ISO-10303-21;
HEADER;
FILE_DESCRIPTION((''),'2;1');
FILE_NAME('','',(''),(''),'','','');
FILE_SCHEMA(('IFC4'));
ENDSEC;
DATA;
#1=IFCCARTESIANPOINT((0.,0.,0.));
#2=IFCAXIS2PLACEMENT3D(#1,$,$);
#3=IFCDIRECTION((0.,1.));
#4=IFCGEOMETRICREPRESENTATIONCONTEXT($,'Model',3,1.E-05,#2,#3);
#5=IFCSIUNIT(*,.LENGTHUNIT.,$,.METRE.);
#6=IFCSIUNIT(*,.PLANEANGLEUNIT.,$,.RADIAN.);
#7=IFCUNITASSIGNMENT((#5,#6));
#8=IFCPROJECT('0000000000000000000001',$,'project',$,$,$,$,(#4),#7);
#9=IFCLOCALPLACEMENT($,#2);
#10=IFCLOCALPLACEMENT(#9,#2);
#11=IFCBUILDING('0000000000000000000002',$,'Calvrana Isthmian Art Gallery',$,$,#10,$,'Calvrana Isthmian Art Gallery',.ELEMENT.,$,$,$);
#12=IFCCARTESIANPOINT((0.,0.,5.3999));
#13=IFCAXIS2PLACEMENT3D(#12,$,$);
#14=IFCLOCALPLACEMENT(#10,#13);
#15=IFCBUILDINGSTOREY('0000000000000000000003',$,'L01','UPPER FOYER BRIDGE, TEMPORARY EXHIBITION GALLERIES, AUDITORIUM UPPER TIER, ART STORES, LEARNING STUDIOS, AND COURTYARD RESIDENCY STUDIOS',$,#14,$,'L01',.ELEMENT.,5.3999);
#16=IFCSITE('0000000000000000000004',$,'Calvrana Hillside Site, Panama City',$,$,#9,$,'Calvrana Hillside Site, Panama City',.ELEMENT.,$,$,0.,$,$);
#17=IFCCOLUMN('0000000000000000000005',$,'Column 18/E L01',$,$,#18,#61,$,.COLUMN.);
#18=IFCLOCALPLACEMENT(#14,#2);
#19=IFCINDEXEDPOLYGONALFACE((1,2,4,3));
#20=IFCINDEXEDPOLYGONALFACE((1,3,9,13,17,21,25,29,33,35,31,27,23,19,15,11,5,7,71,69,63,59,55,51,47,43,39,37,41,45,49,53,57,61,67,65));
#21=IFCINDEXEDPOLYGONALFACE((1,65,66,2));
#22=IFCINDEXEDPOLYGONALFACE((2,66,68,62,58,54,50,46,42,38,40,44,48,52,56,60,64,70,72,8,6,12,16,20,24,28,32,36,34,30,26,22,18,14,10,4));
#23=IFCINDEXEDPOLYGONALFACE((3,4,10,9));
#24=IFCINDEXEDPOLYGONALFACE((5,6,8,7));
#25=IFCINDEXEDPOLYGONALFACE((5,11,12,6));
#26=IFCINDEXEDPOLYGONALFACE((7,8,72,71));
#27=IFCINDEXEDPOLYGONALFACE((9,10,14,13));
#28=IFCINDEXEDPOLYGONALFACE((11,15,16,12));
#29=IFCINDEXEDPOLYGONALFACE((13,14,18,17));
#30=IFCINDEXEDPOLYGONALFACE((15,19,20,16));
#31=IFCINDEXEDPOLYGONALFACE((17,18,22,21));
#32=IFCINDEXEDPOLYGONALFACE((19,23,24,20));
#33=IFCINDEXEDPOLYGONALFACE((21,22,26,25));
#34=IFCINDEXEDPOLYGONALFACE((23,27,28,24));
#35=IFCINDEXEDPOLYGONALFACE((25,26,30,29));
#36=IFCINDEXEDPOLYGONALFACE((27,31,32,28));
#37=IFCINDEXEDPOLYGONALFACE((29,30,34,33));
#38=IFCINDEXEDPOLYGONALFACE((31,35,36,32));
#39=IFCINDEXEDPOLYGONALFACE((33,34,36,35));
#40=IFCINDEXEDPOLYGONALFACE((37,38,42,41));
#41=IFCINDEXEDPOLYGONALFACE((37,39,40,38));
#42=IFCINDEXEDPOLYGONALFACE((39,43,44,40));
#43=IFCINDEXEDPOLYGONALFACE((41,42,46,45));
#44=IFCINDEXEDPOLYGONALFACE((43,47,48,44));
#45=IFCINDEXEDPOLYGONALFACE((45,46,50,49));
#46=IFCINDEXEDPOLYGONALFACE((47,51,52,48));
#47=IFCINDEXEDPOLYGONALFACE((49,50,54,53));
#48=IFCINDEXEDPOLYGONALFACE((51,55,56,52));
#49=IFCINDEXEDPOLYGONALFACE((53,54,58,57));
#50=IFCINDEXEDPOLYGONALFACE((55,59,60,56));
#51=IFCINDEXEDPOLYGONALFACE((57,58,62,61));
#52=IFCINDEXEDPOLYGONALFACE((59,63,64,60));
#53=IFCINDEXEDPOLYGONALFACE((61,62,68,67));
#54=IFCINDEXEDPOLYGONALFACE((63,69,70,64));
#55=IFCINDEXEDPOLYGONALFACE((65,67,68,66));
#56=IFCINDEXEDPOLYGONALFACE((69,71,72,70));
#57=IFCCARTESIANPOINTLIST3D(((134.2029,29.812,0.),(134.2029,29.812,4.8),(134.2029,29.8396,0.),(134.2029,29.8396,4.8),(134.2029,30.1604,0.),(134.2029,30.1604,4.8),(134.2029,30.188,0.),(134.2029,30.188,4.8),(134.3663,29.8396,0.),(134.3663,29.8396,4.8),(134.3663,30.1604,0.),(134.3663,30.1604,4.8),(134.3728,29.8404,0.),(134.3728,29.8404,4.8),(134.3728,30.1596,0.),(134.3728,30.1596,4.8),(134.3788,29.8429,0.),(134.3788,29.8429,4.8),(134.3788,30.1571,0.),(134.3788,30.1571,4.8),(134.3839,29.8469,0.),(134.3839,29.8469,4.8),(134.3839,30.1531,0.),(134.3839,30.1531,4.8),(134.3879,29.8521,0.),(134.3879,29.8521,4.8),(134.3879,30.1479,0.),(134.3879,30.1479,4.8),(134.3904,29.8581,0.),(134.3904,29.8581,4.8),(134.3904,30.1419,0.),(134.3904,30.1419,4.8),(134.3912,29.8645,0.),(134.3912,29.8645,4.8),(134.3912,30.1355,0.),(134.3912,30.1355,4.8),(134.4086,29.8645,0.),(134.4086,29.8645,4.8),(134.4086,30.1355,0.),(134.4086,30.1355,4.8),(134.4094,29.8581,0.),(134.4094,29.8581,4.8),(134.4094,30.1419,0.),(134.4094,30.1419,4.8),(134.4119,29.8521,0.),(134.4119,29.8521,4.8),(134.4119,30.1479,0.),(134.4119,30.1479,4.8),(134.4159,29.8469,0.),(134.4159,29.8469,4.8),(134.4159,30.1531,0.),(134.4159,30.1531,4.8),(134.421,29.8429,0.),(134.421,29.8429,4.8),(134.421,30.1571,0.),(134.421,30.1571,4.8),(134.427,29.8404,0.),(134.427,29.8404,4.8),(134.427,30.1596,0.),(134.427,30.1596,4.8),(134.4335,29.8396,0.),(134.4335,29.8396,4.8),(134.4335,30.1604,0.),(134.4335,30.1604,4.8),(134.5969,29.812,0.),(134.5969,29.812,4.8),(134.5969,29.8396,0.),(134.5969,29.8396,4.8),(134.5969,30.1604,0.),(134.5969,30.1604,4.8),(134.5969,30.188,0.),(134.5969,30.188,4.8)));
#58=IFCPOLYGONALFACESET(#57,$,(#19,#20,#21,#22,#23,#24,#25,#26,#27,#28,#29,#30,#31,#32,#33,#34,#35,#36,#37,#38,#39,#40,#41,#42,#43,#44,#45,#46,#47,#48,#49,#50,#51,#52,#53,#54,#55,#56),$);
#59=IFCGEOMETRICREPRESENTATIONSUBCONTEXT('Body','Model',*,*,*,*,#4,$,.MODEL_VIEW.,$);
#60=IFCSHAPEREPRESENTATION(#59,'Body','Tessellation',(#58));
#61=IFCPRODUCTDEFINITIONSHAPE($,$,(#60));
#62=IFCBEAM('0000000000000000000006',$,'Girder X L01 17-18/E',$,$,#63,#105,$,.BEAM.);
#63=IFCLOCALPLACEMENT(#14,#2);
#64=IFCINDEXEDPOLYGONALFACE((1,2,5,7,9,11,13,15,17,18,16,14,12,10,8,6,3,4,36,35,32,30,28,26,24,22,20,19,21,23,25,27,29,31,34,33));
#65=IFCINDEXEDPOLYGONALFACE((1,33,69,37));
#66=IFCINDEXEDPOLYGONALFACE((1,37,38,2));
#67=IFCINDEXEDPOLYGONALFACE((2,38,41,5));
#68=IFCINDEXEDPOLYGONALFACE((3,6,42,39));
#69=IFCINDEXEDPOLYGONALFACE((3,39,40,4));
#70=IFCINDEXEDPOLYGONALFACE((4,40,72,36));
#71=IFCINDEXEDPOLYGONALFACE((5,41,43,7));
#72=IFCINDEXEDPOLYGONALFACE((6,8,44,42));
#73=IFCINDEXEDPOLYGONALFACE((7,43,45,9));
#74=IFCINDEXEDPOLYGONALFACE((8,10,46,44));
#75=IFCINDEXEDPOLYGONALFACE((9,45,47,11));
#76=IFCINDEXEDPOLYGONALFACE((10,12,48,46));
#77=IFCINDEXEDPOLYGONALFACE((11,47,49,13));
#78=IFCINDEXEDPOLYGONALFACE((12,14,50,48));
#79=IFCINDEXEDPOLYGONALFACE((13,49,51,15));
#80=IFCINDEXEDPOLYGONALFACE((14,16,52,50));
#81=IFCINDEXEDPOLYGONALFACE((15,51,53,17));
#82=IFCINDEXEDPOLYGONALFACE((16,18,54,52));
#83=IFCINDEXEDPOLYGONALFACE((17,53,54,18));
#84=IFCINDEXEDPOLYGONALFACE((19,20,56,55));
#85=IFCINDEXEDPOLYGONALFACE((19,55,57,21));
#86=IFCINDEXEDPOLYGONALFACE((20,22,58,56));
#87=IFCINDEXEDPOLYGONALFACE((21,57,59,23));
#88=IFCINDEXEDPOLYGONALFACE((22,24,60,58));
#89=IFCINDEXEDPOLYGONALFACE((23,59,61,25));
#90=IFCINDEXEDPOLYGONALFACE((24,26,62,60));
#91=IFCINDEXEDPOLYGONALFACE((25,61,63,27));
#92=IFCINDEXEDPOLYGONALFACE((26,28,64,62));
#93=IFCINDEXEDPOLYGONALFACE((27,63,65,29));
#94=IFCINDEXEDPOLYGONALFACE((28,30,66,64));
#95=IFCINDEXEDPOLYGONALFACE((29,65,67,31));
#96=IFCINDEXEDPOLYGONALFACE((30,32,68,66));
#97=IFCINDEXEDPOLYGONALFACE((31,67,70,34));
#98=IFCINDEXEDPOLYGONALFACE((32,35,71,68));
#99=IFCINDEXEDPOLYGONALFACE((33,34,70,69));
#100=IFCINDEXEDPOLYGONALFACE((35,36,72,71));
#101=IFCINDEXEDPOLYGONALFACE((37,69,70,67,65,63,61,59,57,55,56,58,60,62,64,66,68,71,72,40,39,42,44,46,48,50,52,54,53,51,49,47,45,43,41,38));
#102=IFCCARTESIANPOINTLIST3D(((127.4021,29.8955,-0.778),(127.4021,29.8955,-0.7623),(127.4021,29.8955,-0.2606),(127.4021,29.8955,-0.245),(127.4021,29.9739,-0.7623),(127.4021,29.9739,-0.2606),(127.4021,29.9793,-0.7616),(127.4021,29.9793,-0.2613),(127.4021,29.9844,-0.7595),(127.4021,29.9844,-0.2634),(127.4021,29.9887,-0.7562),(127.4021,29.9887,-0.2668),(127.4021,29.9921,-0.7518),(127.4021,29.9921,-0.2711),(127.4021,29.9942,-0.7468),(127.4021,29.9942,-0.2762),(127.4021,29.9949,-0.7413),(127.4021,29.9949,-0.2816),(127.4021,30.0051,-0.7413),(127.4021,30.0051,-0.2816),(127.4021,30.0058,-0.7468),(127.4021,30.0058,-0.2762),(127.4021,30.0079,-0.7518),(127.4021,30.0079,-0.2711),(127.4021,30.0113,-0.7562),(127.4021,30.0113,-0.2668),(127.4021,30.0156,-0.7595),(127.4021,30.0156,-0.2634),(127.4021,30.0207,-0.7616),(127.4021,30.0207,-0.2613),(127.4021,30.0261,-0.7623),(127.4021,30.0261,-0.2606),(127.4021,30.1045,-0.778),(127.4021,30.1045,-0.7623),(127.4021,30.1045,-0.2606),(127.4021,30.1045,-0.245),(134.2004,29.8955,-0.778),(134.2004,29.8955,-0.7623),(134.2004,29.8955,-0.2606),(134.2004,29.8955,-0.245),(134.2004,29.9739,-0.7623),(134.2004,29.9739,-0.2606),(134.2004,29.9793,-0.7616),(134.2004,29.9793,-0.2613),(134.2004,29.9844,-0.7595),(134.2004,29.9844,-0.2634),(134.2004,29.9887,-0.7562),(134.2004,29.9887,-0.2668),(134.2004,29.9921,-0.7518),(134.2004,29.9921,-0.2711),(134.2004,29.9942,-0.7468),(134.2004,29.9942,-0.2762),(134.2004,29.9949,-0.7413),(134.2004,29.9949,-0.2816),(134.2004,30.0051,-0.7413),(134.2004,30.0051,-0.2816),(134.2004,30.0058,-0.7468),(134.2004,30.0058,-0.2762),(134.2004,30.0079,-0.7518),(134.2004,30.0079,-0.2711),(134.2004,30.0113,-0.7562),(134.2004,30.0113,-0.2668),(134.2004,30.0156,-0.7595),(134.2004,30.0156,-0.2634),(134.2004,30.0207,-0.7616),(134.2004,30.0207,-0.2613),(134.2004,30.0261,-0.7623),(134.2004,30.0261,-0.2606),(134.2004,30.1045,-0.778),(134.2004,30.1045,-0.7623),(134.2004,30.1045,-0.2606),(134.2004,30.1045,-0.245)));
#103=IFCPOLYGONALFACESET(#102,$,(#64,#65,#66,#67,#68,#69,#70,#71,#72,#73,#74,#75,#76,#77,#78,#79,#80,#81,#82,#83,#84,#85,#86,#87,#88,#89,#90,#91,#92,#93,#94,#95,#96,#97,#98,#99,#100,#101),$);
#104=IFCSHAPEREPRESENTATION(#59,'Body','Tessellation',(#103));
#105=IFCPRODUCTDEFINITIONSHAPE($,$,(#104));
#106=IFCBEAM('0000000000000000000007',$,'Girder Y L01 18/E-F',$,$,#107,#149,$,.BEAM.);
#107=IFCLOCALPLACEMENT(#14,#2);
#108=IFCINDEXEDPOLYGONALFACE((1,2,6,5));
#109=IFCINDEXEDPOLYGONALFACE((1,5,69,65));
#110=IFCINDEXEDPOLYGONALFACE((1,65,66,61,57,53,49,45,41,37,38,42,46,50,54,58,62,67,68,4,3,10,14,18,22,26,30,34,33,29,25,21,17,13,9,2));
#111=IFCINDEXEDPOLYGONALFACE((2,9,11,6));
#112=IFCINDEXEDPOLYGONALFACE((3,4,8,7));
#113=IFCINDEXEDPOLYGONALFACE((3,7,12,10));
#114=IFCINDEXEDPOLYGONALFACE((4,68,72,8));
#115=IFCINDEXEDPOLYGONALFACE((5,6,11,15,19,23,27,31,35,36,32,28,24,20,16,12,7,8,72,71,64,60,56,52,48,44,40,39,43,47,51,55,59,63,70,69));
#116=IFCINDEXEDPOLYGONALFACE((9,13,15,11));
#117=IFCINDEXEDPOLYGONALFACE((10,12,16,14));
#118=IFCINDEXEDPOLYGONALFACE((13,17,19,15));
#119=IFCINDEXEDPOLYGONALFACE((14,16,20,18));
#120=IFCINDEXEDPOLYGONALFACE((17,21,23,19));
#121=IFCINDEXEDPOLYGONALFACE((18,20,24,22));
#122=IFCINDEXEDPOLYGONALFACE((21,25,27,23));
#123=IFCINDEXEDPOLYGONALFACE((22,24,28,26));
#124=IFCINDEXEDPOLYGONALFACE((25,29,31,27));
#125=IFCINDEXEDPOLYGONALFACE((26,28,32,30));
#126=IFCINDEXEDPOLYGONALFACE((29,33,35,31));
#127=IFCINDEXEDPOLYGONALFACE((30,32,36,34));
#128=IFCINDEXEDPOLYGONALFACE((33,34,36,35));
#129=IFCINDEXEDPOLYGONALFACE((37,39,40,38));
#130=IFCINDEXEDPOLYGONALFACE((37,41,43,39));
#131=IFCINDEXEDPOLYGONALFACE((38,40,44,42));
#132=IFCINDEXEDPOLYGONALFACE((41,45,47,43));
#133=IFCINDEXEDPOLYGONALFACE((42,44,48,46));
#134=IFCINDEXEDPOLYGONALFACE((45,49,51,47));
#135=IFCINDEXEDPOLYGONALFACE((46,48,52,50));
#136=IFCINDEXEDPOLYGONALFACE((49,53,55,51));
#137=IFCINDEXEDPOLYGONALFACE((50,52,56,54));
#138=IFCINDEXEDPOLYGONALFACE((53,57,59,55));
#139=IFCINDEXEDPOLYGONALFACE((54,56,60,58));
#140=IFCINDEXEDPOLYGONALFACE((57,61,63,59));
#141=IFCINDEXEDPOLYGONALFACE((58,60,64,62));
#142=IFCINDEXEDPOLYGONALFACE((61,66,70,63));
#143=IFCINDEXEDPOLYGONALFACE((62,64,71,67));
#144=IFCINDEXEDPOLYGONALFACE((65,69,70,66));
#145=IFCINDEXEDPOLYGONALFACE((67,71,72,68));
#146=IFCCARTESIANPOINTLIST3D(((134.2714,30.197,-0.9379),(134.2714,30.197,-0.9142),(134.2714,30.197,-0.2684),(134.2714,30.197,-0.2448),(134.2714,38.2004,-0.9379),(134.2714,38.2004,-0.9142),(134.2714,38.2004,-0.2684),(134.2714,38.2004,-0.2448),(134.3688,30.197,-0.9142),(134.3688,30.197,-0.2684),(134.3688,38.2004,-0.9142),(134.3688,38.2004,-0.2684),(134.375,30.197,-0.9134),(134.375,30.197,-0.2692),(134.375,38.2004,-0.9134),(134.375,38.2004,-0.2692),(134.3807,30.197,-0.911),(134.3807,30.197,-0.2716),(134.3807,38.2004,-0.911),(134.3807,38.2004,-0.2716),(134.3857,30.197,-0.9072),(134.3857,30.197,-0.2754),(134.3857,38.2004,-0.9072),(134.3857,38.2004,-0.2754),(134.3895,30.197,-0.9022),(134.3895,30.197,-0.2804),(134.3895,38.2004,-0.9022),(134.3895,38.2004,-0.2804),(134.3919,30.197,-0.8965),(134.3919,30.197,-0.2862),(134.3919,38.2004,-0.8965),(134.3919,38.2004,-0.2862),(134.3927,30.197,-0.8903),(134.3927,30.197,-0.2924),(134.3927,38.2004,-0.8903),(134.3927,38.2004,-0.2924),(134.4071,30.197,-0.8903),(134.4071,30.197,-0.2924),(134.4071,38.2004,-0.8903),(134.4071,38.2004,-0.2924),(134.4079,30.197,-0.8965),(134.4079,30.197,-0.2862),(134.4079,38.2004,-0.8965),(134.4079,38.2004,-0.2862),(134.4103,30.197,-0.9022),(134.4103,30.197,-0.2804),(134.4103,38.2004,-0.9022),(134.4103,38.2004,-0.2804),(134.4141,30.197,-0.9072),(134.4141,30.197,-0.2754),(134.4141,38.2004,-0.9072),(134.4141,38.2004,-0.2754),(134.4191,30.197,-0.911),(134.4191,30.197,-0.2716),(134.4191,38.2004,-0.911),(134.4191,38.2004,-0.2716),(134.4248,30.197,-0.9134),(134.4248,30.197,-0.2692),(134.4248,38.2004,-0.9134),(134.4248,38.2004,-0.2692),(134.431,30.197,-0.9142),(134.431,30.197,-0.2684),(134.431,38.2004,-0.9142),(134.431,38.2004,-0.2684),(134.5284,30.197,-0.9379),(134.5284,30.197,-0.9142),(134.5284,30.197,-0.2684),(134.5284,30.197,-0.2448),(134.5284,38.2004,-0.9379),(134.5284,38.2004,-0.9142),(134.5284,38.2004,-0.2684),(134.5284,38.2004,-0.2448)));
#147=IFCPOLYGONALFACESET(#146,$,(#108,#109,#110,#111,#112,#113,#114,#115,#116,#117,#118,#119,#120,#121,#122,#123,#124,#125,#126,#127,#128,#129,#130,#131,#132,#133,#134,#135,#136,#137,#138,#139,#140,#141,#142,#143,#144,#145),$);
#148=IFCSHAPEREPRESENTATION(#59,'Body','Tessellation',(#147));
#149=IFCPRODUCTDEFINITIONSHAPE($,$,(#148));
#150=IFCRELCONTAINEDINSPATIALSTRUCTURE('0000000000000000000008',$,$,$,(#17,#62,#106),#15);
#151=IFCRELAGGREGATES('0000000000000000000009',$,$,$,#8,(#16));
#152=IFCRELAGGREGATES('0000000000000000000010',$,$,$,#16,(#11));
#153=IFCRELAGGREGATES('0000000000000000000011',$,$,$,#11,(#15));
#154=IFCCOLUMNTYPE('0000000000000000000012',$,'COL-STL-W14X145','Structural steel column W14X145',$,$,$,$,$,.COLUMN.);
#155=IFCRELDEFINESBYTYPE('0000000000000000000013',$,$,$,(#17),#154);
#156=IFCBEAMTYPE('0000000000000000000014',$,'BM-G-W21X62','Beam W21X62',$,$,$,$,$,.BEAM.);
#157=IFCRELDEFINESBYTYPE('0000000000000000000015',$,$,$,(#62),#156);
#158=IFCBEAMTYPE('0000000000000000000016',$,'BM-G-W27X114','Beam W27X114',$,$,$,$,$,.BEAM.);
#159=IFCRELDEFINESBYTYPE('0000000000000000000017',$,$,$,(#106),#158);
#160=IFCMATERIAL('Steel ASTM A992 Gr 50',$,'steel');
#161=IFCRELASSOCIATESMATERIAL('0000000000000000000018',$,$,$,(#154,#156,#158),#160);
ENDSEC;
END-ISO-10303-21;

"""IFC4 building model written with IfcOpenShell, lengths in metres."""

from ifc_helpers import new_model, si_unit, direction, frame, origin, origin_2d, place, context, subcontext, project, spatial, i_section, extrude, material, material_profile, profile_set, type_object, element, save


model = new_model("IFC4")

# Units and contexts
model_context = context("Model", 3, precision=1e-05, world=origin(), true_north=direction((0.0, 1.0)))
body_context = subcontext(model_context, "Body", "Model", "MODEL_VIEW")
ifc_project = project(units=[si_unit("LENGTHUNIT", "METRE"), si_unit("PLANEANGLEUNIT", "RADIAN")], contexts=[model_context])

# Site, building, storey
site_placement = place(None, origin())
site = spatial("IfcSite", under=ifc_project, at=site_placement, Name="Calvrana Hillside Site, Panama City", LongName="Calvrana Hillside Site, Panama City", CompositionType="ELEMENT", RefElevation=0.0)
building_placement = place(site_placement, origin())
building = spatial("IfcBuilding", under=site, at=building_placement, Name="Calvrana Isthmian Art Gallery", LongName="Calvrana Isthmian Art Gallery", CompositionType="ELEMENT")
storey_placement = place(building_placement, frame((0.0, 0.0, 5.3999)))
storey = spatial("IfcBuildingStorey", under=building, at=storey_placement, Name="L01", Description="UPPER FOYER BRIDGE, TEMPORARY EXHIBITION GALLERIES, AUDITORIUM UPPER TIER, ART STORES, LEARNING STUDIOS, AND COURTYARD RESIDENCY STUDIOS", LongName="L01", CompositionType="ELEMENT", Elevation=5.3999)

# Column
ifc_material_1 = material(Name="Steel ASTM A992 Gr 50", Category="steel")
ifc_material_profile_1 = material_profile(ifc_material_1, i_section(OverallWidth=0.394, OverallDepth=0.376, WebThickness=0.0173, FlangeThickness=0.0276, FilletRadius=0.0249, at=origin_2d()), Name="W14X145")
ifc_profile_set_1 = profile_set([ifc_material_profile_1], Name="Steel ASTM A992 Gr 50")
column_type = type_object("IfcColumnType", Name="COL-STL-W14X145", Description="Structural steel column W14X145", PredefinedType="COLUMN", material=ifc_profile_set_1)
column_placement = place(storey_placement, frame((134.3999, 30.0, 0.0), z_axis=(0.0, 0.0, 1.0), x_axis=(1.0, 0.0, 0.0)))
element("IfcColumn", 1, at=column_placement, inside=storey, type_object=column_type, Name="Column 18/E L01", PredefinedType="COLUMN", context=body_context, shape_type="SweptSolid", body=[
    extrude(i_section(OverallWidth=0.394, OverallDepth=0.376, WebThickness=0.0173, FlangeThickness=0.0276, FilletRadius=0.0249, at=origin_2d()), origin(), (0.0, 0.0, 1.0), 4.8),
])

# Beams
ifc_material_profile_2 = material_profile(ifc_material_1, i_section(OverallWidth=0.209, OverallDepth=0.533, WebThickness=0.0103, FlangeThickness=0.0156, FilletRadius=0.021, at=origin_2d()), Name="W21X62")
ifc_profile_set_2 = profile_set([ifc_material_profile_2], Name="Steel ASTM A992 Gr 50")
beam_type_1 = type_object("IfcBeamType", Name="BM-G-W21X62", Description="Beam W21X62", PredefinedType="BEAM", material=ifc_profile_set_2)
beam_1_placement = place(storey_placement, frame((127.4021, 30.0, -0.5115), z_axis=(1.0, 0.0, 0.0), x_axis=(0.0, 1.0, 0.0)))
element("IfcBeam", 2, at=beam_1_placement, inside=storey, type_object=beam_type_1, Name="Girder X L01 17-18/E", PredefinedType="BEAM", context=body_context, shape_type="SweptSolid", body=[
    extrude(i_section(OverallWidth=0.209, OverallDepth=0.533, WebThickness=0.0103, FlangeThickness=0.0156, FilletRadius=0.021, at=origin_2d()), origin(), (0.0, 0.0, 1.0), 6.7983),
])
ifc_material_profile_3 = material_profile(ifc_material_1, i_section(OverallWidth=0.2571, OverallDepth=0.6931, WebThickness=0.0144, FlangeThickness=0.0237, FilletRadius=0.0239, at=origin_2d()), Name="W27X114")
ifc_profile_set_3 = profile_set([ifc_material_profile_3], Name="Steel ASTM A992 Gr 50")
beam_type_2 = type_object("IfcBeamType", Name="BM-G-W27X114", Description="Beam W27X114", PredefinedType="BEAM", material=ifc_profile_set_3)
beam_2_placement = place(storey_placement, frame((134.3999, 30.197, -0.5913), z_axis=(0.0, 1.0, 0.0), x_axis=(-1.0, 0.0, 0.0)))
element("IfcBeam", 3, at=beam_2_placement, inside=storey, type_object=beam_type_2, Name="Girder Y L01 18/E-F", PredefinedType="BEAM", context=body_context, shape_type="SweptSolid", body=[
    extrude(i_section(OverallWidth=0.2571, OverallDepth=0.6931, WebThickness=0.0144, FlangeThickness=0.0237, FilletRadius=0.0239, at=origin_2d()), origin(), (0.0, 0.0, 1.0), 8.0034),
])

save(model, "model.ifc")
